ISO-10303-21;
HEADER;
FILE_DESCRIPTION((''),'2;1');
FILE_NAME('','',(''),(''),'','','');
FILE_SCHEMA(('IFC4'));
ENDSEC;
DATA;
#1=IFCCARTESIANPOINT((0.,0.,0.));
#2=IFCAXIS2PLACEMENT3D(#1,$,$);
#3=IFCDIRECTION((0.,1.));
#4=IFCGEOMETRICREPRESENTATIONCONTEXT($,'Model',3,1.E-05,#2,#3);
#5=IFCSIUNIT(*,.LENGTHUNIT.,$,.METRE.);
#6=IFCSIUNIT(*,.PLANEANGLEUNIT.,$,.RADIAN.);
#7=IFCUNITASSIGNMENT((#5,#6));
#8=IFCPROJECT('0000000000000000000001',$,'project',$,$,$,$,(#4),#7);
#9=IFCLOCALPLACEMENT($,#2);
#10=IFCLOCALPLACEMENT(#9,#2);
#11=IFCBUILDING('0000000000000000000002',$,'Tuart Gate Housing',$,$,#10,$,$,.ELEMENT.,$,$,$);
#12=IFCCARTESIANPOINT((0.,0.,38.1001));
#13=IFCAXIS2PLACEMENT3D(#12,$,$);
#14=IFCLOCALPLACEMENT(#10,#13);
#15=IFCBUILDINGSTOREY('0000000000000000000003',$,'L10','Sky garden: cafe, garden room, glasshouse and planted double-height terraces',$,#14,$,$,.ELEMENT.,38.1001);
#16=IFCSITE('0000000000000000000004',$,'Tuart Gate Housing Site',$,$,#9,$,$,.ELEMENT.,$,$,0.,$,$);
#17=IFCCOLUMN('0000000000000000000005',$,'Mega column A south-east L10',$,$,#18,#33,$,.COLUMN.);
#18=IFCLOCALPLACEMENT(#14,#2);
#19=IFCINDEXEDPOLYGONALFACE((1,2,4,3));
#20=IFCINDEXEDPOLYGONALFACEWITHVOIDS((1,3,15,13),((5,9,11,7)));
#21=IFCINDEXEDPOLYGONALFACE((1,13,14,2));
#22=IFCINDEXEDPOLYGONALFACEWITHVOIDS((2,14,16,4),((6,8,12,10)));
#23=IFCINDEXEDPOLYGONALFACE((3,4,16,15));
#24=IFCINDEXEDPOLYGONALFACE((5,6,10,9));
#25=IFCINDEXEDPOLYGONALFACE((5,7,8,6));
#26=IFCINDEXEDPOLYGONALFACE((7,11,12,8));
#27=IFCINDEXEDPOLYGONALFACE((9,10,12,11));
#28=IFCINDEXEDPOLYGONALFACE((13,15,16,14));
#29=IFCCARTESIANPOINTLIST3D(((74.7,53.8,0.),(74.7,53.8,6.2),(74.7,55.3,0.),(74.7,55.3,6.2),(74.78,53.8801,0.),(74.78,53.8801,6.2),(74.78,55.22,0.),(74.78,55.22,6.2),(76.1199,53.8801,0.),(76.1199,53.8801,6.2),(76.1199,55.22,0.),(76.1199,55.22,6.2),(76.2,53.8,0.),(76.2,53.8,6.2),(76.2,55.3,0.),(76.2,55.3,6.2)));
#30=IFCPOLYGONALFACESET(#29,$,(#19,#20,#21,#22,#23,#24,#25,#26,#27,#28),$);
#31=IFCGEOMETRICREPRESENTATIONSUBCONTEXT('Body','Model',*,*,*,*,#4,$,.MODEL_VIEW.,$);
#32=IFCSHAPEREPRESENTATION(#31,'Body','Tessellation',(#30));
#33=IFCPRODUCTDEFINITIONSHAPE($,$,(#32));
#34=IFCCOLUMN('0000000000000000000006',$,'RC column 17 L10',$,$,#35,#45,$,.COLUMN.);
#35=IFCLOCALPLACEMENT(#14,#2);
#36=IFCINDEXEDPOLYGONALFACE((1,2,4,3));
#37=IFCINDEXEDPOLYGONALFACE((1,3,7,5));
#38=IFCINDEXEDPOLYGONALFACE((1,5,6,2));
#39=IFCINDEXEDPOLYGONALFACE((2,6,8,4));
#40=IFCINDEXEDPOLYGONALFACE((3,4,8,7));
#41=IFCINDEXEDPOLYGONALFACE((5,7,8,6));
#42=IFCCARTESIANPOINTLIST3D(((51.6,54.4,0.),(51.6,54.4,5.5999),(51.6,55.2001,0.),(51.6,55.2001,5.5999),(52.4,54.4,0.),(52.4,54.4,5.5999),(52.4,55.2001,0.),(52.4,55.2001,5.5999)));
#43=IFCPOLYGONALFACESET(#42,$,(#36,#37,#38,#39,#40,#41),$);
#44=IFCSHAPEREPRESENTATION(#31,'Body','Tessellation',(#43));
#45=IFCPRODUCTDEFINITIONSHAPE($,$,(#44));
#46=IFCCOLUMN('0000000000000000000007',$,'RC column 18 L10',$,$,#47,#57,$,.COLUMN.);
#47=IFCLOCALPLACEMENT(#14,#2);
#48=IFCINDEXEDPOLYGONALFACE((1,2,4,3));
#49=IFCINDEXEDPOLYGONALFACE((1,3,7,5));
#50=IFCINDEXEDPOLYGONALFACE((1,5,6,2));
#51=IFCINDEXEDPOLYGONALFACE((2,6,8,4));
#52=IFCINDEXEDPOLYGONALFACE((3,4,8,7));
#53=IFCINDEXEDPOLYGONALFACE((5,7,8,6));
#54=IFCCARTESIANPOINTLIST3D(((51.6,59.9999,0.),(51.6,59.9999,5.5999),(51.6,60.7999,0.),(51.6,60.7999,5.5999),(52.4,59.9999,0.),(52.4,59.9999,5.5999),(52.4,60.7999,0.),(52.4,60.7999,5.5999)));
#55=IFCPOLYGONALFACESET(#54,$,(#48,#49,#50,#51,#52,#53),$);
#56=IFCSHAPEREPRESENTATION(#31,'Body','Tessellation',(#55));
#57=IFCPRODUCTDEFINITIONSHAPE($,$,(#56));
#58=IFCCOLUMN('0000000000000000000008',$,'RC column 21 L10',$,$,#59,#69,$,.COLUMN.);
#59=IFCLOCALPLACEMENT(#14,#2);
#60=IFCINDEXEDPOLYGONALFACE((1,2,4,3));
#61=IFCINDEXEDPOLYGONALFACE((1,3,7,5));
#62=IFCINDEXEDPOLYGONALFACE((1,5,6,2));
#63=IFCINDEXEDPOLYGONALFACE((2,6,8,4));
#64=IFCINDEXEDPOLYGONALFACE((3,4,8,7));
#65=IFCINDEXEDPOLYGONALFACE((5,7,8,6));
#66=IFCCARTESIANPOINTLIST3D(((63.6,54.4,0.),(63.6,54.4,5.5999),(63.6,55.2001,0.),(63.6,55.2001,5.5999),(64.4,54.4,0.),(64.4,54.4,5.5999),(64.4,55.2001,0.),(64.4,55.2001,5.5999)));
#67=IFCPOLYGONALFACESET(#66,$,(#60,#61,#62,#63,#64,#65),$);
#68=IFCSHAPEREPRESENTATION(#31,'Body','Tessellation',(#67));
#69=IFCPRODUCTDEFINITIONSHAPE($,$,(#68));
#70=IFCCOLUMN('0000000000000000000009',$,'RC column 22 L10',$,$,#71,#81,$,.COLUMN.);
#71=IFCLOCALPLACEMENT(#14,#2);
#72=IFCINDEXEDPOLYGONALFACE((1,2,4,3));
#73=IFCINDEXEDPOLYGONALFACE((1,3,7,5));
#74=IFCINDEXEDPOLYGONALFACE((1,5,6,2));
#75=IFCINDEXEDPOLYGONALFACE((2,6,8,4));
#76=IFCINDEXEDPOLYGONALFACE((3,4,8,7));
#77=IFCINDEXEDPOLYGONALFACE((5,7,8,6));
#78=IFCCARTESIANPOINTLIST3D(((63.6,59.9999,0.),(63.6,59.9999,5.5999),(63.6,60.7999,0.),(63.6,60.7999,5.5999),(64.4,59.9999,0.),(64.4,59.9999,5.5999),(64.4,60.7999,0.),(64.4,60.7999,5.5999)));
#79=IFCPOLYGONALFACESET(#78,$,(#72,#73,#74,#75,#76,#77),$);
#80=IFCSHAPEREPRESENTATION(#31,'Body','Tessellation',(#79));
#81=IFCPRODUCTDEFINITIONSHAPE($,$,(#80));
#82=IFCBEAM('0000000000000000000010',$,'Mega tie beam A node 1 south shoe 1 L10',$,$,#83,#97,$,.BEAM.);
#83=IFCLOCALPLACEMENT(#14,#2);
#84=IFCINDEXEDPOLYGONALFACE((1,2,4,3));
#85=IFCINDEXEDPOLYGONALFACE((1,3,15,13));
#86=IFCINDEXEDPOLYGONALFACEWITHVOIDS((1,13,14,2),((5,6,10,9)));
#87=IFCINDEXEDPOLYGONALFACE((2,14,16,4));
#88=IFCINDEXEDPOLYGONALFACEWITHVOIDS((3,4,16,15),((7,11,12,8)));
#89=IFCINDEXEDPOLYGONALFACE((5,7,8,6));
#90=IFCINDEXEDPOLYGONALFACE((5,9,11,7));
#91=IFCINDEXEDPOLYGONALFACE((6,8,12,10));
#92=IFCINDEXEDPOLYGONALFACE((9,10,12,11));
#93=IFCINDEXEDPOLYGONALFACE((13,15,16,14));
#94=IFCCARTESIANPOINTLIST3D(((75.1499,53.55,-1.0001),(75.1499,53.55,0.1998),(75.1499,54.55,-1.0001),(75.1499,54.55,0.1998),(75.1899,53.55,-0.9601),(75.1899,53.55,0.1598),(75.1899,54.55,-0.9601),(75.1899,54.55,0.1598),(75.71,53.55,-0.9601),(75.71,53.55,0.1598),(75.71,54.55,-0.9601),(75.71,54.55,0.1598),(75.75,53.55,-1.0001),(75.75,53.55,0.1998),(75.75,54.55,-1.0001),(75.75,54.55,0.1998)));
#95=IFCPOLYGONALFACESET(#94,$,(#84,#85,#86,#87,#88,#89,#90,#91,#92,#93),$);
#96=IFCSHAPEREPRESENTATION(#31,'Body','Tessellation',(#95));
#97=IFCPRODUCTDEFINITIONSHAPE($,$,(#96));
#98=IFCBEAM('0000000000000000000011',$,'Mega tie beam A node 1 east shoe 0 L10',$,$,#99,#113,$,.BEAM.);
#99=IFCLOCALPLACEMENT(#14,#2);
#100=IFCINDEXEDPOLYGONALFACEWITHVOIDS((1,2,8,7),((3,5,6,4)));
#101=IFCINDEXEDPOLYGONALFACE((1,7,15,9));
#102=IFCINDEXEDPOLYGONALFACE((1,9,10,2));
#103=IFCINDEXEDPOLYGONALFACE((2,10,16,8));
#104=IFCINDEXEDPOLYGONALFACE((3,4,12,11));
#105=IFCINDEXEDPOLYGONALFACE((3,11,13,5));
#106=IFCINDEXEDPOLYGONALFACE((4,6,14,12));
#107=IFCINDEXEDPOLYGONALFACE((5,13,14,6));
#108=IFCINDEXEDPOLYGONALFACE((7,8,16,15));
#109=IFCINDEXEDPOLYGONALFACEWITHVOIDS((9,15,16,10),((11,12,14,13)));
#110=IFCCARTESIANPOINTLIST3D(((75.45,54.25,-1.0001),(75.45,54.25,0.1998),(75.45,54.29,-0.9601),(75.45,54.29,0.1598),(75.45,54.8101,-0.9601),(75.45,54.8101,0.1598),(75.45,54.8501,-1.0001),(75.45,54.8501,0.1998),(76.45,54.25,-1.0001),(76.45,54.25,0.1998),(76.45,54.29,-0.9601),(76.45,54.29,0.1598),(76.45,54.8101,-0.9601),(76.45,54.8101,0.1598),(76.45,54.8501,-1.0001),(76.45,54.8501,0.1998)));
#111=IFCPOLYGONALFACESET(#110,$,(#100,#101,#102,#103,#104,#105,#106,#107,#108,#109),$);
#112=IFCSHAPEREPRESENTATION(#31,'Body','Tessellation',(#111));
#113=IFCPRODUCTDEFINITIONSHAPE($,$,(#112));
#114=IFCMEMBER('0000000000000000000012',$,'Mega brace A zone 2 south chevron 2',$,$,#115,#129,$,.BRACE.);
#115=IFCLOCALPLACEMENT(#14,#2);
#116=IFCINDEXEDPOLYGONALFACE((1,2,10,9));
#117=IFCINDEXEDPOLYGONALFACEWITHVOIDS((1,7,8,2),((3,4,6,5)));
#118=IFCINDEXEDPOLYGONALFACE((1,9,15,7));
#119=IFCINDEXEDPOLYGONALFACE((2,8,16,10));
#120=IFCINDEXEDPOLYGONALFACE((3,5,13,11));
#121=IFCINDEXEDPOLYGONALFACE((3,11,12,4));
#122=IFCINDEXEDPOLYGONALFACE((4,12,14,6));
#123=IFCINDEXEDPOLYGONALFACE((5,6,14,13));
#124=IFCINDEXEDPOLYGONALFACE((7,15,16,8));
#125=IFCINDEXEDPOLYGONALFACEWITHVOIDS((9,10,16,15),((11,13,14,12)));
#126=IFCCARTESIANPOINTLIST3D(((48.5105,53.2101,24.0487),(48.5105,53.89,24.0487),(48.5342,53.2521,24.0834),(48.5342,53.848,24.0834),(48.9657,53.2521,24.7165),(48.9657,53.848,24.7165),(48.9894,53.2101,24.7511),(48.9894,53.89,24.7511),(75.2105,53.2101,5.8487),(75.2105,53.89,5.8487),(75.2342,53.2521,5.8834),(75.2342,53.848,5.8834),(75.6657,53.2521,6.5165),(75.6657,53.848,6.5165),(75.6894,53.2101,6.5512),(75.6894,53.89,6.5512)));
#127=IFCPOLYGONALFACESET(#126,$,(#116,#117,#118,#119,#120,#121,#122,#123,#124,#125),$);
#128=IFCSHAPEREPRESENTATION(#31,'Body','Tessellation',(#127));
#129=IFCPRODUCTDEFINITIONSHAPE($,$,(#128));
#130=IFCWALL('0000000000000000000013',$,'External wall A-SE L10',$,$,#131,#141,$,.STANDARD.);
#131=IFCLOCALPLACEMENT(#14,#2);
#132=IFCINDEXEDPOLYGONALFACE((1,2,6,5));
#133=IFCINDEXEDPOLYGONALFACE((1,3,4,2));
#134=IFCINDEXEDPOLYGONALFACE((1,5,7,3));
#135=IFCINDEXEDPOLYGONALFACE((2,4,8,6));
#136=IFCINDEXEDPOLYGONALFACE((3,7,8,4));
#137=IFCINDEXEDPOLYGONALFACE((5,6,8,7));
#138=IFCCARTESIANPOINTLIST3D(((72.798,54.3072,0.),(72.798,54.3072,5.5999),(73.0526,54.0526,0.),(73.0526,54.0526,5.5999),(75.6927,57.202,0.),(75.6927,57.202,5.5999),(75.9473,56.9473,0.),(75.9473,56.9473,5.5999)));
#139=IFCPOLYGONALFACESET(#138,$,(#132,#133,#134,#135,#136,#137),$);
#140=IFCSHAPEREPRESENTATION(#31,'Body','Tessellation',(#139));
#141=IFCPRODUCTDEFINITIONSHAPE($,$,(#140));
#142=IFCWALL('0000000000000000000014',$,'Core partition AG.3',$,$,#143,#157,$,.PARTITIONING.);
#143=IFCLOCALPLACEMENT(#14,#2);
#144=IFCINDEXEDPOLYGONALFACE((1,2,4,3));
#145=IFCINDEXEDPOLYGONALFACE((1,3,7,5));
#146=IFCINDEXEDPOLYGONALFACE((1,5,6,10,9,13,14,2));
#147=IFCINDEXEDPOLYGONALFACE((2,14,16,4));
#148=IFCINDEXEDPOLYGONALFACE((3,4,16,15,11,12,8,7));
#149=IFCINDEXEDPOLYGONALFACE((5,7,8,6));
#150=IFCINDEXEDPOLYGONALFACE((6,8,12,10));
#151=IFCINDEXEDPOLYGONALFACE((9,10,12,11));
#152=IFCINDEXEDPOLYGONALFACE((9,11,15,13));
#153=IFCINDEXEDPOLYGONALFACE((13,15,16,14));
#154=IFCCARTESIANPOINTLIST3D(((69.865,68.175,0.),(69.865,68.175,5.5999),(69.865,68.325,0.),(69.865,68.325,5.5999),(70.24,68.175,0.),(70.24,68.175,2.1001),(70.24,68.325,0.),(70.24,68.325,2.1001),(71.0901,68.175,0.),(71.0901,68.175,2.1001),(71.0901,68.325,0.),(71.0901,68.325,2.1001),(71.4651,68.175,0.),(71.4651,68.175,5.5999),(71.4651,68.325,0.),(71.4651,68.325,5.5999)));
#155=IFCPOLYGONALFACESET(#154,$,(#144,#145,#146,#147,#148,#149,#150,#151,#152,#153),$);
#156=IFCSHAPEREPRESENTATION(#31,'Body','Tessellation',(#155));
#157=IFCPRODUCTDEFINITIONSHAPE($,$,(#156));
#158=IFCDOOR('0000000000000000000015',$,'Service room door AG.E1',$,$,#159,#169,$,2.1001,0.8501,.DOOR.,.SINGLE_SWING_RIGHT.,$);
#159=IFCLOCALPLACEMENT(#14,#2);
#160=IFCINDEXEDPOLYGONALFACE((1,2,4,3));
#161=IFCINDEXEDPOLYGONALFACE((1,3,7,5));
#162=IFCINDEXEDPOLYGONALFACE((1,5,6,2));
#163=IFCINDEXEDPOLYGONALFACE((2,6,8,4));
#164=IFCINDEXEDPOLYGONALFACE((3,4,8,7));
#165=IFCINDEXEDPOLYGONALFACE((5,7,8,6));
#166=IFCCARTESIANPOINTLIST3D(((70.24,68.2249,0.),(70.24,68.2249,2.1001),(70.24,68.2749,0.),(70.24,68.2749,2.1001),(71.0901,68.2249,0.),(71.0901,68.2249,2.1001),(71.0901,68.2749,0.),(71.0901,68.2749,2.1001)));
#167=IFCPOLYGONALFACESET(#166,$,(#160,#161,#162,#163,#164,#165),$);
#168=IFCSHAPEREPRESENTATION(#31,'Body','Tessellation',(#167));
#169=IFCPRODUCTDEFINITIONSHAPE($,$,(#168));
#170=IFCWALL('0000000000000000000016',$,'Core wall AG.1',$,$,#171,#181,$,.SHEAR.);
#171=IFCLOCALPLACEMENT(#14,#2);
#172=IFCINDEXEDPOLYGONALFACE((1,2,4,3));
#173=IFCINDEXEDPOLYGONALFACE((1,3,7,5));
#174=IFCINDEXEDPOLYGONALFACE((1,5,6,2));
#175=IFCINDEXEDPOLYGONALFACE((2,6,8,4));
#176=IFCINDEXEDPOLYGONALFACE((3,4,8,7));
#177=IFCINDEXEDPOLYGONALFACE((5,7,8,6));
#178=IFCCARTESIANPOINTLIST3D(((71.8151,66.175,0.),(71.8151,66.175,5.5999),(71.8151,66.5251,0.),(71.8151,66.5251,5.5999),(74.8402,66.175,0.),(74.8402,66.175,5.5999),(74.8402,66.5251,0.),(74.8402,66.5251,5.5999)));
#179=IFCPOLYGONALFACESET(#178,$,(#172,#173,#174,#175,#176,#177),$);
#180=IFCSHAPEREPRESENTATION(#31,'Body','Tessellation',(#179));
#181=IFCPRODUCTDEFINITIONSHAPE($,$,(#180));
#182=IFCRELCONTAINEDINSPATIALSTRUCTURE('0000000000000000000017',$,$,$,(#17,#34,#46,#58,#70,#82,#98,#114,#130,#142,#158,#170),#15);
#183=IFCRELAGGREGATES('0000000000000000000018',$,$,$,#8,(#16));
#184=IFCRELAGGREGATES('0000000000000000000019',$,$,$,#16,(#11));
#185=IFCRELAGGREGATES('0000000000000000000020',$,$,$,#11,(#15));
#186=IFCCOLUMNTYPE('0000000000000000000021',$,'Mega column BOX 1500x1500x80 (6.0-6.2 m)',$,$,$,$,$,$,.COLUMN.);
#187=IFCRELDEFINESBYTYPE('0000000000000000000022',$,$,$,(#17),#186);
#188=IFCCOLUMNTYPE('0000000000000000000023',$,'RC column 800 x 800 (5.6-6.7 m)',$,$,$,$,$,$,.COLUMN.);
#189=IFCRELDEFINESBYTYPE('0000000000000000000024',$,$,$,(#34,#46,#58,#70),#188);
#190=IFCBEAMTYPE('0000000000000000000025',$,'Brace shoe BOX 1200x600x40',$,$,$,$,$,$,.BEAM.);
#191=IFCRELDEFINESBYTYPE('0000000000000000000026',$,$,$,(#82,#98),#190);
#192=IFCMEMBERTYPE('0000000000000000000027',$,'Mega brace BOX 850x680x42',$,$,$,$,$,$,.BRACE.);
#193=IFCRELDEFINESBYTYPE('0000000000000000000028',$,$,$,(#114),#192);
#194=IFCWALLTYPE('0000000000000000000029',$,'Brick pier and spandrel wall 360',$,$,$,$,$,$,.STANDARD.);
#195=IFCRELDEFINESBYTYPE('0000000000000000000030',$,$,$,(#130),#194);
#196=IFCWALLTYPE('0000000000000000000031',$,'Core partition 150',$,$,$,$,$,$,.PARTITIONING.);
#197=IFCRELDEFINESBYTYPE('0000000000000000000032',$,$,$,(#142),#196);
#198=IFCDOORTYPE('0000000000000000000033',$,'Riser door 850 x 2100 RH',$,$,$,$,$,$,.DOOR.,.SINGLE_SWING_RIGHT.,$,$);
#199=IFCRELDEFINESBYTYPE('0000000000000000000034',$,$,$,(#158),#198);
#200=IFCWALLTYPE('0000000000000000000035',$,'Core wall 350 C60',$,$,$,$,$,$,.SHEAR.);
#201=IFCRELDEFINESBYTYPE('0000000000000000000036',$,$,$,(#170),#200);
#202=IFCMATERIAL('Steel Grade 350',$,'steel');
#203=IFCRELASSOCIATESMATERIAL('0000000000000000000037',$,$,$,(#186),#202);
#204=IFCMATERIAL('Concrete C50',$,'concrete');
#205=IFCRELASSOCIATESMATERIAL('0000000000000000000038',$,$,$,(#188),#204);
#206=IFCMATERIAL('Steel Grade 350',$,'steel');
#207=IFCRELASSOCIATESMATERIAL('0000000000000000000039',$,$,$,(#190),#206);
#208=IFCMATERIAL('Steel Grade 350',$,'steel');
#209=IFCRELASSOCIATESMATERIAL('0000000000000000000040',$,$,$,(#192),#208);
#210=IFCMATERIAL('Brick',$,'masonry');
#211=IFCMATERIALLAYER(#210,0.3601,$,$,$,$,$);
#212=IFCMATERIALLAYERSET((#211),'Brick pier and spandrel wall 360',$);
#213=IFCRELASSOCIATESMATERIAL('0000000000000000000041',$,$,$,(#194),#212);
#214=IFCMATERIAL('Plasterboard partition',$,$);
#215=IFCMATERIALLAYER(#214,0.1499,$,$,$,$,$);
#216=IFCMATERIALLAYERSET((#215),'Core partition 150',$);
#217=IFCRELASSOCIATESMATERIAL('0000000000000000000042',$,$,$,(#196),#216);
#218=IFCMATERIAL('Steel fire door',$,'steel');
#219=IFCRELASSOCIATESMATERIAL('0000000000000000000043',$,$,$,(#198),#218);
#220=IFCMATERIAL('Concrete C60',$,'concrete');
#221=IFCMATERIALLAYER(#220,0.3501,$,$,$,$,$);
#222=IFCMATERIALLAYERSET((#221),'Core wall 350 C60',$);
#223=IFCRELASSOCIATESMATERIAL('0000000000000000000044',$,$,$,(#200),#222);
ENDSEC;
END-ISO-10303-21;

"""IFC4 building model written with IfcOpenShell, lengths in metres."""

from ifc_helpers import new_model, si_unit, direction, frame, frame_2d, origin, origin_2d, place, context, subcontext, project, spatial, rectangle, hollow_rectangle, extrude, material, layer, layer_set, material_profile, profile_set, type_object, element, fill, save


model = new_model("IFC4")

# Units and contexts
model_context = context("Model", 3, precision=1e-05, world=origin(), true_north=direction((0.0, 1.0)))
body_context = subcontext(model_context, "Body", "Model", "MODEL_VIEW")
ifc_project = project(units=[si_unit("LENGTHUNIT", "METRE"), si_unit("PLANEANGLEUNIT", "RADIAN")], contexts=[model_context])

# Site, building, storey
site_placement = place(None, origin())
site = spatial("IfcSite", under=ifc_project, at=site_placement, Name="Tuart Gate Housing Site", CompositionType="ELEMENT", RefElevation=0.0)
building_placement = place(site_placement, origin())
building = spatial("IfcBuilding", under=site, at=building_placement, Name="Tuart Gate Housing", CompositionType="ELEMENT")
storey_placement = place(building_placement, frame((0.0, 0.0, 38.1001)))
storey = spatial("IfcBuildingStorey", under=building, at=storey_placement, Name="L10", Description="Sky garden: cafe, garden room, glasshouse and planted double-height terraces", CompositionType="ELEMENT", Elevation=38.1001)

# Columns
ifc_material_1 = material(Name="Steel Grade 350", Category="steel")
ifc_material_profile_1 = material_profile(ifc_material_1, hollow_rectangle(XDim=1.5, YDim=1.5, WallThickness=0.0801, at=origin_2d()), Name="BOX 1500x1500x80")
ifc_profile_set_1 = profile_set([ifc_material_profile_1], Name="Steel Grade 350")
column_type_1 = type_object("IfcColumnType", Name="Mega column BOX 1500x1500x80 (6.0-6.2 m)", PredefinedType="COLUMN", material=ifc_profile_set_1)
column_placement = place(storey_placement, frame((75.45, 54.55, 0.0), z_axis=(0.0, 0.0, 1.0), x_axis=(1.0, 0.0, 0.0)))
element("IfcColumn", 1, at=column_placement, inside=storey, type_object=column_type_1, Name="Mega column A south-east L10", PredefinedType="COLUMN", context=body_context, shape_type="SweptSolid", body=[
    extrude(hollow_rectangle(XDim=1.5, YDim=1.5, WallThickness=0.0801, at=origin_2d()), origin(), (0.0, 0.0, 1.0), 6.2),
])
ifc_material_2 = material(Name="Concrete C50", Category="concrete")
ifc_material_profile_2 = material_profile(ifc_material_2, rectangle(XDim=0.8, YDim=0.8, at=origin_2d()), Name="RC column 800 x 800 (5.6-6.7 m)")
ifc_profile_set_2 = profile_set([ifc_material_profile_2], Name="Concrete C50")
column_type_2 = type_object("IfcColumnType", Name="RC column 800 x 800 (5.6-6.7 m)", PredefinedType="COLUMN", material=ifc_profile_set_2)
for number, where, z_axis, x_axis, name in (
    (2, (52.0, 54.8, 0.0), (0.0, 0.0, 1.0), (1.0, 0.0, 0.0), "RC column 17 L10"),
    (3, (52.0, 60.3999, 0.0), (0.0, 0.0, 1.0), (1.0, 0.0, 0.0), "RC column 18 L10"),
    (4, (64.0, 54.8, 0.0), (0.0, 0.0, 1.0), (1.0, 0.0, 0.0), "RC column 21 L10"),
    (5, (64.0, 60.3999, 0.0), (0.0, 0.0, 1.0), (1.0, 0.0, 0.0), "RC column 22 L10"),
):
    element("IfcColumn", number, at=place(storey_placement, frame(where, z_axis=z_axis, x_axis=x_axis)), inside=storey, type_object=column_type_2, Name=name, PredefinedType="COLUMN", context=body_context, shape_type="SweptSolid", body=[
        extrude(rectangle(XDim=0.8, YDim=0.8, at=origin_2d()), origin(), (0.0, 0.0, 1.0), 5.5999),
    ])

# Beams
ifc_material_3 = material(Name="Steel Grade 350", Category="steel")
ifc_material_profile_3 = material_profile(ifc_material_3, hollow_rectangle(XDim=0.6001, YDim=1.2, WallThickness=0.04, at=origin_2d()), Name="BOX 1200x600x40")
ifc_profile_set_3 = profile_set([ifc_material_profile_3], Name="Steel Grade 350")
beam_type = type_object("IfcBeamType", Name="Brace shoe BOX 1200x600x40", PredefinedType="BEAM", material=ifc_profile_set_3)
for number, where, z_axis, x_axis, name in (
    (6, (75.45, 54.55, -0.4001), (0.0, -1.0, 0.0), (1.0, 0.0, 0.0), "Mega tie beam A node 1 south shoe 1 L10"),
    (7, (75.45, 54.55, -0.4001), (1.0, 0.0, 0.0), (0.0, 1.0, 0.0), "Mega tie beam A node 1 east shoe 0 L10"),
):
    element("IfcBeam", number, at=place(storey_placement, frame(where, z_axis=z_axis, x_axis=x_axis)), inside=storey, type_object=beam_type, Name=name, PredefinedType="BEAM", context=body_context, shape_type="SweptSolid", body=[
        extrude(hollow_rectangle(XDim=0.6001, YDim=1.2, WallThickness=0.04, at=origin_2d()), origin(), (0.0, 0.0, 1.0), 1.0),
    ])

# Member
ifc_material_4 = material(Name="Steel Grade 350", Category="steel")
ifc_material_profile_4 = material_profile(ifc_material_4, hollow_rectangle(XDim=0.6799, YDim=0.8501, WallThickness=0.042, at=origin_2d()), Name="BOX 850x680x42")
ifc_profile_set_4 = profile_set([ifc_material_profile_4], Name="Steel Grade 350")
member_type = type_object("IfcMemberType", Name="Mega brace BOX 850x680x42", PredefinedType="BRACE", material=ifc_profile_set_4)
member_placement = place(storey_placement, frame((75.45, 53.55, 6.2), z_axis=(-0.826293, 0.0, 0.56324), x_axis=(0.0, -1.0, 0.0)))
element("IfcMember", 8, at=member_placement, inside=storey, type_object=member_type, Name="Mega brace A zone 2 south chevron 2", PredefinedType="BRACE", context=body_context, shape_type="SweptSolid", body=[
    extrude(hollow_rectangle(XDim=0.6799, YDim=0.8501, WallThickness=0.042, at=origin_2d()), origin(), (0.0, 0.0, 1.0), 32.313),
])

# Wall
ifc_material_5 = material(Name="Brick", Category="masonry")
ifc_layer_1 = layer(ifc_material_5, 0.3601)
ifc_layer_set_1 = layer_set([ifc_layer_1], Name="Brick pier and spandrel wall 360")
wall_type_1 = type_object("IfcWallType", Name="Brick pier and spandrel wall 360", PredefinedType="STANDARD", material=ifc_layer_set_1)
wall_1_placement = place(storey_placement, frame((72.9253, 54.1799, 0.0), z_axis=(0.0, 0.0, 1.0), x_axis=(0.707107, 0.707107, 0.0)))
element("IfcWall", 9, at=wall_1_placement, inside=storey, type_object=wall_type_1, Name="External wall A-SE L10", PredefinedType="STANDARD", context=body_context, shape_type="SweptSolid", body=[
    extrude(rectangle(XDim=4.0938, YDim=0.3601, at=frame_2d((2.0469, 0.0))), origin(), (0.0, 0.0, 1.0), 5.5999),
])

# Wall, opening, door
ifc_material_6 = material(Name="Plasterboard partition")
ifc_layer_2 = layer(ifc_material_6, 0.1499)
ifc_layer_set_2 = layer_set([ifc_layer_2], Name="Core partition 150")
wall_type_2 = type_object("IfcWallType", Name="Core partition 150", PredefinedType="PARTITIONING", material=ifc_layer_set_2)
wall_2_placement = place(storey_placement, frame((69.865, 68.25, 0.0), z_axis=(0.0, 0.0, 1.0), x_axis=(1.0, 0.0, 0.0)))
wall_2 = element("IfcWall", 10, at=wall_2_placement, inside=storey, type_object=wall_type_2, Name="Core partition AG.3", PredefinedType="PARTITIONING", context=body_context, shape_type="SweptSolid", body=[
    extrude(rectangle(XDim=1.6001, YDim=0.1499, at=frame_2d((0.8, 0.0))), origin(), (0.0, 0.0, 1.0), 5.5999),
])
opening_1_placement = place(wall_2_placement, frame((0.375, 0.0, 0.0)))
opening_1 = element("IfcOpeningElement", 11, at=opening_1_placement, cuts=wall_2, PredefinedType="OPENING", context=body_context, shape_type="SweptSolid", body=[
    extrude(rectangle(XDim=0.8501, YDim=2.1001, at=frame_2d((0.425, 1.05))), frame((0.0, 0.085, 0.0), z_axis=(0.0, -1.0, 0.0), x_axis=(1.0, 0.0, 0.0)), (0.0, 0.0, 1.0), 0.1699),
])
ifc_material_7 = material(Name="Steel fire door", Category="steel")
door_type_1 = type_object("IfcDoorType", Name="Riser door 850 x 2100 RH", OperationType="SINGLE_SWING_RIGHT", PredefinedType="DOOR", material=ifc_material_7)
door_1_placement = place(opening_1_placement, frame((0.8501, 0.0, 0.0), z_axis=(0.0, 0.0, 1.0), x_axis=(-1.0, 0.0, 0.0)))
door_1 = element("IfcDoor", 12, at=door_1_placement, inside=storey, type_object=door_type_1, Name="Service room door AG.E1", OperationType="SINGLE_SWING_RIGHT", OverallHeight=2.1001, OverallWidth=0.8501, PredefinedType="DOOR", context=body_context, shape_type="SweptSolid", body=[
    extrude(rectangle(XDim=0.8501, YDim=2.1001, at=frame_2d((0.425, 1.05))), frame((0.0, 0.0251, 0.0), z_axis=(0.0, -1.0, 0.0), x_axis=(1.0, 0.0, 0.0)), (0.0, 0.0, 1.0), 0.05),
])
fill(opening_1, door_1)

# Wall
ifc_material_8 = material(Name="Concrete C60", Category="concrete")
ifc_layer_3 = layer(ifc_material_8, 0.3501)
ifc_layer_set_3 = layer_set([ifc_layer_3], Name="Core wall 350 C60")
wall_type_3 = type_object("IfcWallType", Name="Core wall 350 C60", PredefinedType="SHEAR", material=ifc_layer_set_3)
wall_3_placement = place(storey_placement, frame((71.8149, 66.3501, 0.0), z_axis=(0.0, 0.0, 1.0), x_axis=(1.0, 0.0, 0.0)))
element("IfcWall", 13, at=wall_3_placement, inside=storey, type_object=wall_type_3, Name="Core wall AG.1", PredefinedType="SHEAR", context=body_context, shape_type="SweptSolid", body=[
    extrude(rectangle(XDim=3.0251, YDim=0.3501, at=frame_2d((1.5127, 0.0))), origin(), (0.0, 0.0, 1.0), 5.5999),
])

save(model, "model.ifc")
